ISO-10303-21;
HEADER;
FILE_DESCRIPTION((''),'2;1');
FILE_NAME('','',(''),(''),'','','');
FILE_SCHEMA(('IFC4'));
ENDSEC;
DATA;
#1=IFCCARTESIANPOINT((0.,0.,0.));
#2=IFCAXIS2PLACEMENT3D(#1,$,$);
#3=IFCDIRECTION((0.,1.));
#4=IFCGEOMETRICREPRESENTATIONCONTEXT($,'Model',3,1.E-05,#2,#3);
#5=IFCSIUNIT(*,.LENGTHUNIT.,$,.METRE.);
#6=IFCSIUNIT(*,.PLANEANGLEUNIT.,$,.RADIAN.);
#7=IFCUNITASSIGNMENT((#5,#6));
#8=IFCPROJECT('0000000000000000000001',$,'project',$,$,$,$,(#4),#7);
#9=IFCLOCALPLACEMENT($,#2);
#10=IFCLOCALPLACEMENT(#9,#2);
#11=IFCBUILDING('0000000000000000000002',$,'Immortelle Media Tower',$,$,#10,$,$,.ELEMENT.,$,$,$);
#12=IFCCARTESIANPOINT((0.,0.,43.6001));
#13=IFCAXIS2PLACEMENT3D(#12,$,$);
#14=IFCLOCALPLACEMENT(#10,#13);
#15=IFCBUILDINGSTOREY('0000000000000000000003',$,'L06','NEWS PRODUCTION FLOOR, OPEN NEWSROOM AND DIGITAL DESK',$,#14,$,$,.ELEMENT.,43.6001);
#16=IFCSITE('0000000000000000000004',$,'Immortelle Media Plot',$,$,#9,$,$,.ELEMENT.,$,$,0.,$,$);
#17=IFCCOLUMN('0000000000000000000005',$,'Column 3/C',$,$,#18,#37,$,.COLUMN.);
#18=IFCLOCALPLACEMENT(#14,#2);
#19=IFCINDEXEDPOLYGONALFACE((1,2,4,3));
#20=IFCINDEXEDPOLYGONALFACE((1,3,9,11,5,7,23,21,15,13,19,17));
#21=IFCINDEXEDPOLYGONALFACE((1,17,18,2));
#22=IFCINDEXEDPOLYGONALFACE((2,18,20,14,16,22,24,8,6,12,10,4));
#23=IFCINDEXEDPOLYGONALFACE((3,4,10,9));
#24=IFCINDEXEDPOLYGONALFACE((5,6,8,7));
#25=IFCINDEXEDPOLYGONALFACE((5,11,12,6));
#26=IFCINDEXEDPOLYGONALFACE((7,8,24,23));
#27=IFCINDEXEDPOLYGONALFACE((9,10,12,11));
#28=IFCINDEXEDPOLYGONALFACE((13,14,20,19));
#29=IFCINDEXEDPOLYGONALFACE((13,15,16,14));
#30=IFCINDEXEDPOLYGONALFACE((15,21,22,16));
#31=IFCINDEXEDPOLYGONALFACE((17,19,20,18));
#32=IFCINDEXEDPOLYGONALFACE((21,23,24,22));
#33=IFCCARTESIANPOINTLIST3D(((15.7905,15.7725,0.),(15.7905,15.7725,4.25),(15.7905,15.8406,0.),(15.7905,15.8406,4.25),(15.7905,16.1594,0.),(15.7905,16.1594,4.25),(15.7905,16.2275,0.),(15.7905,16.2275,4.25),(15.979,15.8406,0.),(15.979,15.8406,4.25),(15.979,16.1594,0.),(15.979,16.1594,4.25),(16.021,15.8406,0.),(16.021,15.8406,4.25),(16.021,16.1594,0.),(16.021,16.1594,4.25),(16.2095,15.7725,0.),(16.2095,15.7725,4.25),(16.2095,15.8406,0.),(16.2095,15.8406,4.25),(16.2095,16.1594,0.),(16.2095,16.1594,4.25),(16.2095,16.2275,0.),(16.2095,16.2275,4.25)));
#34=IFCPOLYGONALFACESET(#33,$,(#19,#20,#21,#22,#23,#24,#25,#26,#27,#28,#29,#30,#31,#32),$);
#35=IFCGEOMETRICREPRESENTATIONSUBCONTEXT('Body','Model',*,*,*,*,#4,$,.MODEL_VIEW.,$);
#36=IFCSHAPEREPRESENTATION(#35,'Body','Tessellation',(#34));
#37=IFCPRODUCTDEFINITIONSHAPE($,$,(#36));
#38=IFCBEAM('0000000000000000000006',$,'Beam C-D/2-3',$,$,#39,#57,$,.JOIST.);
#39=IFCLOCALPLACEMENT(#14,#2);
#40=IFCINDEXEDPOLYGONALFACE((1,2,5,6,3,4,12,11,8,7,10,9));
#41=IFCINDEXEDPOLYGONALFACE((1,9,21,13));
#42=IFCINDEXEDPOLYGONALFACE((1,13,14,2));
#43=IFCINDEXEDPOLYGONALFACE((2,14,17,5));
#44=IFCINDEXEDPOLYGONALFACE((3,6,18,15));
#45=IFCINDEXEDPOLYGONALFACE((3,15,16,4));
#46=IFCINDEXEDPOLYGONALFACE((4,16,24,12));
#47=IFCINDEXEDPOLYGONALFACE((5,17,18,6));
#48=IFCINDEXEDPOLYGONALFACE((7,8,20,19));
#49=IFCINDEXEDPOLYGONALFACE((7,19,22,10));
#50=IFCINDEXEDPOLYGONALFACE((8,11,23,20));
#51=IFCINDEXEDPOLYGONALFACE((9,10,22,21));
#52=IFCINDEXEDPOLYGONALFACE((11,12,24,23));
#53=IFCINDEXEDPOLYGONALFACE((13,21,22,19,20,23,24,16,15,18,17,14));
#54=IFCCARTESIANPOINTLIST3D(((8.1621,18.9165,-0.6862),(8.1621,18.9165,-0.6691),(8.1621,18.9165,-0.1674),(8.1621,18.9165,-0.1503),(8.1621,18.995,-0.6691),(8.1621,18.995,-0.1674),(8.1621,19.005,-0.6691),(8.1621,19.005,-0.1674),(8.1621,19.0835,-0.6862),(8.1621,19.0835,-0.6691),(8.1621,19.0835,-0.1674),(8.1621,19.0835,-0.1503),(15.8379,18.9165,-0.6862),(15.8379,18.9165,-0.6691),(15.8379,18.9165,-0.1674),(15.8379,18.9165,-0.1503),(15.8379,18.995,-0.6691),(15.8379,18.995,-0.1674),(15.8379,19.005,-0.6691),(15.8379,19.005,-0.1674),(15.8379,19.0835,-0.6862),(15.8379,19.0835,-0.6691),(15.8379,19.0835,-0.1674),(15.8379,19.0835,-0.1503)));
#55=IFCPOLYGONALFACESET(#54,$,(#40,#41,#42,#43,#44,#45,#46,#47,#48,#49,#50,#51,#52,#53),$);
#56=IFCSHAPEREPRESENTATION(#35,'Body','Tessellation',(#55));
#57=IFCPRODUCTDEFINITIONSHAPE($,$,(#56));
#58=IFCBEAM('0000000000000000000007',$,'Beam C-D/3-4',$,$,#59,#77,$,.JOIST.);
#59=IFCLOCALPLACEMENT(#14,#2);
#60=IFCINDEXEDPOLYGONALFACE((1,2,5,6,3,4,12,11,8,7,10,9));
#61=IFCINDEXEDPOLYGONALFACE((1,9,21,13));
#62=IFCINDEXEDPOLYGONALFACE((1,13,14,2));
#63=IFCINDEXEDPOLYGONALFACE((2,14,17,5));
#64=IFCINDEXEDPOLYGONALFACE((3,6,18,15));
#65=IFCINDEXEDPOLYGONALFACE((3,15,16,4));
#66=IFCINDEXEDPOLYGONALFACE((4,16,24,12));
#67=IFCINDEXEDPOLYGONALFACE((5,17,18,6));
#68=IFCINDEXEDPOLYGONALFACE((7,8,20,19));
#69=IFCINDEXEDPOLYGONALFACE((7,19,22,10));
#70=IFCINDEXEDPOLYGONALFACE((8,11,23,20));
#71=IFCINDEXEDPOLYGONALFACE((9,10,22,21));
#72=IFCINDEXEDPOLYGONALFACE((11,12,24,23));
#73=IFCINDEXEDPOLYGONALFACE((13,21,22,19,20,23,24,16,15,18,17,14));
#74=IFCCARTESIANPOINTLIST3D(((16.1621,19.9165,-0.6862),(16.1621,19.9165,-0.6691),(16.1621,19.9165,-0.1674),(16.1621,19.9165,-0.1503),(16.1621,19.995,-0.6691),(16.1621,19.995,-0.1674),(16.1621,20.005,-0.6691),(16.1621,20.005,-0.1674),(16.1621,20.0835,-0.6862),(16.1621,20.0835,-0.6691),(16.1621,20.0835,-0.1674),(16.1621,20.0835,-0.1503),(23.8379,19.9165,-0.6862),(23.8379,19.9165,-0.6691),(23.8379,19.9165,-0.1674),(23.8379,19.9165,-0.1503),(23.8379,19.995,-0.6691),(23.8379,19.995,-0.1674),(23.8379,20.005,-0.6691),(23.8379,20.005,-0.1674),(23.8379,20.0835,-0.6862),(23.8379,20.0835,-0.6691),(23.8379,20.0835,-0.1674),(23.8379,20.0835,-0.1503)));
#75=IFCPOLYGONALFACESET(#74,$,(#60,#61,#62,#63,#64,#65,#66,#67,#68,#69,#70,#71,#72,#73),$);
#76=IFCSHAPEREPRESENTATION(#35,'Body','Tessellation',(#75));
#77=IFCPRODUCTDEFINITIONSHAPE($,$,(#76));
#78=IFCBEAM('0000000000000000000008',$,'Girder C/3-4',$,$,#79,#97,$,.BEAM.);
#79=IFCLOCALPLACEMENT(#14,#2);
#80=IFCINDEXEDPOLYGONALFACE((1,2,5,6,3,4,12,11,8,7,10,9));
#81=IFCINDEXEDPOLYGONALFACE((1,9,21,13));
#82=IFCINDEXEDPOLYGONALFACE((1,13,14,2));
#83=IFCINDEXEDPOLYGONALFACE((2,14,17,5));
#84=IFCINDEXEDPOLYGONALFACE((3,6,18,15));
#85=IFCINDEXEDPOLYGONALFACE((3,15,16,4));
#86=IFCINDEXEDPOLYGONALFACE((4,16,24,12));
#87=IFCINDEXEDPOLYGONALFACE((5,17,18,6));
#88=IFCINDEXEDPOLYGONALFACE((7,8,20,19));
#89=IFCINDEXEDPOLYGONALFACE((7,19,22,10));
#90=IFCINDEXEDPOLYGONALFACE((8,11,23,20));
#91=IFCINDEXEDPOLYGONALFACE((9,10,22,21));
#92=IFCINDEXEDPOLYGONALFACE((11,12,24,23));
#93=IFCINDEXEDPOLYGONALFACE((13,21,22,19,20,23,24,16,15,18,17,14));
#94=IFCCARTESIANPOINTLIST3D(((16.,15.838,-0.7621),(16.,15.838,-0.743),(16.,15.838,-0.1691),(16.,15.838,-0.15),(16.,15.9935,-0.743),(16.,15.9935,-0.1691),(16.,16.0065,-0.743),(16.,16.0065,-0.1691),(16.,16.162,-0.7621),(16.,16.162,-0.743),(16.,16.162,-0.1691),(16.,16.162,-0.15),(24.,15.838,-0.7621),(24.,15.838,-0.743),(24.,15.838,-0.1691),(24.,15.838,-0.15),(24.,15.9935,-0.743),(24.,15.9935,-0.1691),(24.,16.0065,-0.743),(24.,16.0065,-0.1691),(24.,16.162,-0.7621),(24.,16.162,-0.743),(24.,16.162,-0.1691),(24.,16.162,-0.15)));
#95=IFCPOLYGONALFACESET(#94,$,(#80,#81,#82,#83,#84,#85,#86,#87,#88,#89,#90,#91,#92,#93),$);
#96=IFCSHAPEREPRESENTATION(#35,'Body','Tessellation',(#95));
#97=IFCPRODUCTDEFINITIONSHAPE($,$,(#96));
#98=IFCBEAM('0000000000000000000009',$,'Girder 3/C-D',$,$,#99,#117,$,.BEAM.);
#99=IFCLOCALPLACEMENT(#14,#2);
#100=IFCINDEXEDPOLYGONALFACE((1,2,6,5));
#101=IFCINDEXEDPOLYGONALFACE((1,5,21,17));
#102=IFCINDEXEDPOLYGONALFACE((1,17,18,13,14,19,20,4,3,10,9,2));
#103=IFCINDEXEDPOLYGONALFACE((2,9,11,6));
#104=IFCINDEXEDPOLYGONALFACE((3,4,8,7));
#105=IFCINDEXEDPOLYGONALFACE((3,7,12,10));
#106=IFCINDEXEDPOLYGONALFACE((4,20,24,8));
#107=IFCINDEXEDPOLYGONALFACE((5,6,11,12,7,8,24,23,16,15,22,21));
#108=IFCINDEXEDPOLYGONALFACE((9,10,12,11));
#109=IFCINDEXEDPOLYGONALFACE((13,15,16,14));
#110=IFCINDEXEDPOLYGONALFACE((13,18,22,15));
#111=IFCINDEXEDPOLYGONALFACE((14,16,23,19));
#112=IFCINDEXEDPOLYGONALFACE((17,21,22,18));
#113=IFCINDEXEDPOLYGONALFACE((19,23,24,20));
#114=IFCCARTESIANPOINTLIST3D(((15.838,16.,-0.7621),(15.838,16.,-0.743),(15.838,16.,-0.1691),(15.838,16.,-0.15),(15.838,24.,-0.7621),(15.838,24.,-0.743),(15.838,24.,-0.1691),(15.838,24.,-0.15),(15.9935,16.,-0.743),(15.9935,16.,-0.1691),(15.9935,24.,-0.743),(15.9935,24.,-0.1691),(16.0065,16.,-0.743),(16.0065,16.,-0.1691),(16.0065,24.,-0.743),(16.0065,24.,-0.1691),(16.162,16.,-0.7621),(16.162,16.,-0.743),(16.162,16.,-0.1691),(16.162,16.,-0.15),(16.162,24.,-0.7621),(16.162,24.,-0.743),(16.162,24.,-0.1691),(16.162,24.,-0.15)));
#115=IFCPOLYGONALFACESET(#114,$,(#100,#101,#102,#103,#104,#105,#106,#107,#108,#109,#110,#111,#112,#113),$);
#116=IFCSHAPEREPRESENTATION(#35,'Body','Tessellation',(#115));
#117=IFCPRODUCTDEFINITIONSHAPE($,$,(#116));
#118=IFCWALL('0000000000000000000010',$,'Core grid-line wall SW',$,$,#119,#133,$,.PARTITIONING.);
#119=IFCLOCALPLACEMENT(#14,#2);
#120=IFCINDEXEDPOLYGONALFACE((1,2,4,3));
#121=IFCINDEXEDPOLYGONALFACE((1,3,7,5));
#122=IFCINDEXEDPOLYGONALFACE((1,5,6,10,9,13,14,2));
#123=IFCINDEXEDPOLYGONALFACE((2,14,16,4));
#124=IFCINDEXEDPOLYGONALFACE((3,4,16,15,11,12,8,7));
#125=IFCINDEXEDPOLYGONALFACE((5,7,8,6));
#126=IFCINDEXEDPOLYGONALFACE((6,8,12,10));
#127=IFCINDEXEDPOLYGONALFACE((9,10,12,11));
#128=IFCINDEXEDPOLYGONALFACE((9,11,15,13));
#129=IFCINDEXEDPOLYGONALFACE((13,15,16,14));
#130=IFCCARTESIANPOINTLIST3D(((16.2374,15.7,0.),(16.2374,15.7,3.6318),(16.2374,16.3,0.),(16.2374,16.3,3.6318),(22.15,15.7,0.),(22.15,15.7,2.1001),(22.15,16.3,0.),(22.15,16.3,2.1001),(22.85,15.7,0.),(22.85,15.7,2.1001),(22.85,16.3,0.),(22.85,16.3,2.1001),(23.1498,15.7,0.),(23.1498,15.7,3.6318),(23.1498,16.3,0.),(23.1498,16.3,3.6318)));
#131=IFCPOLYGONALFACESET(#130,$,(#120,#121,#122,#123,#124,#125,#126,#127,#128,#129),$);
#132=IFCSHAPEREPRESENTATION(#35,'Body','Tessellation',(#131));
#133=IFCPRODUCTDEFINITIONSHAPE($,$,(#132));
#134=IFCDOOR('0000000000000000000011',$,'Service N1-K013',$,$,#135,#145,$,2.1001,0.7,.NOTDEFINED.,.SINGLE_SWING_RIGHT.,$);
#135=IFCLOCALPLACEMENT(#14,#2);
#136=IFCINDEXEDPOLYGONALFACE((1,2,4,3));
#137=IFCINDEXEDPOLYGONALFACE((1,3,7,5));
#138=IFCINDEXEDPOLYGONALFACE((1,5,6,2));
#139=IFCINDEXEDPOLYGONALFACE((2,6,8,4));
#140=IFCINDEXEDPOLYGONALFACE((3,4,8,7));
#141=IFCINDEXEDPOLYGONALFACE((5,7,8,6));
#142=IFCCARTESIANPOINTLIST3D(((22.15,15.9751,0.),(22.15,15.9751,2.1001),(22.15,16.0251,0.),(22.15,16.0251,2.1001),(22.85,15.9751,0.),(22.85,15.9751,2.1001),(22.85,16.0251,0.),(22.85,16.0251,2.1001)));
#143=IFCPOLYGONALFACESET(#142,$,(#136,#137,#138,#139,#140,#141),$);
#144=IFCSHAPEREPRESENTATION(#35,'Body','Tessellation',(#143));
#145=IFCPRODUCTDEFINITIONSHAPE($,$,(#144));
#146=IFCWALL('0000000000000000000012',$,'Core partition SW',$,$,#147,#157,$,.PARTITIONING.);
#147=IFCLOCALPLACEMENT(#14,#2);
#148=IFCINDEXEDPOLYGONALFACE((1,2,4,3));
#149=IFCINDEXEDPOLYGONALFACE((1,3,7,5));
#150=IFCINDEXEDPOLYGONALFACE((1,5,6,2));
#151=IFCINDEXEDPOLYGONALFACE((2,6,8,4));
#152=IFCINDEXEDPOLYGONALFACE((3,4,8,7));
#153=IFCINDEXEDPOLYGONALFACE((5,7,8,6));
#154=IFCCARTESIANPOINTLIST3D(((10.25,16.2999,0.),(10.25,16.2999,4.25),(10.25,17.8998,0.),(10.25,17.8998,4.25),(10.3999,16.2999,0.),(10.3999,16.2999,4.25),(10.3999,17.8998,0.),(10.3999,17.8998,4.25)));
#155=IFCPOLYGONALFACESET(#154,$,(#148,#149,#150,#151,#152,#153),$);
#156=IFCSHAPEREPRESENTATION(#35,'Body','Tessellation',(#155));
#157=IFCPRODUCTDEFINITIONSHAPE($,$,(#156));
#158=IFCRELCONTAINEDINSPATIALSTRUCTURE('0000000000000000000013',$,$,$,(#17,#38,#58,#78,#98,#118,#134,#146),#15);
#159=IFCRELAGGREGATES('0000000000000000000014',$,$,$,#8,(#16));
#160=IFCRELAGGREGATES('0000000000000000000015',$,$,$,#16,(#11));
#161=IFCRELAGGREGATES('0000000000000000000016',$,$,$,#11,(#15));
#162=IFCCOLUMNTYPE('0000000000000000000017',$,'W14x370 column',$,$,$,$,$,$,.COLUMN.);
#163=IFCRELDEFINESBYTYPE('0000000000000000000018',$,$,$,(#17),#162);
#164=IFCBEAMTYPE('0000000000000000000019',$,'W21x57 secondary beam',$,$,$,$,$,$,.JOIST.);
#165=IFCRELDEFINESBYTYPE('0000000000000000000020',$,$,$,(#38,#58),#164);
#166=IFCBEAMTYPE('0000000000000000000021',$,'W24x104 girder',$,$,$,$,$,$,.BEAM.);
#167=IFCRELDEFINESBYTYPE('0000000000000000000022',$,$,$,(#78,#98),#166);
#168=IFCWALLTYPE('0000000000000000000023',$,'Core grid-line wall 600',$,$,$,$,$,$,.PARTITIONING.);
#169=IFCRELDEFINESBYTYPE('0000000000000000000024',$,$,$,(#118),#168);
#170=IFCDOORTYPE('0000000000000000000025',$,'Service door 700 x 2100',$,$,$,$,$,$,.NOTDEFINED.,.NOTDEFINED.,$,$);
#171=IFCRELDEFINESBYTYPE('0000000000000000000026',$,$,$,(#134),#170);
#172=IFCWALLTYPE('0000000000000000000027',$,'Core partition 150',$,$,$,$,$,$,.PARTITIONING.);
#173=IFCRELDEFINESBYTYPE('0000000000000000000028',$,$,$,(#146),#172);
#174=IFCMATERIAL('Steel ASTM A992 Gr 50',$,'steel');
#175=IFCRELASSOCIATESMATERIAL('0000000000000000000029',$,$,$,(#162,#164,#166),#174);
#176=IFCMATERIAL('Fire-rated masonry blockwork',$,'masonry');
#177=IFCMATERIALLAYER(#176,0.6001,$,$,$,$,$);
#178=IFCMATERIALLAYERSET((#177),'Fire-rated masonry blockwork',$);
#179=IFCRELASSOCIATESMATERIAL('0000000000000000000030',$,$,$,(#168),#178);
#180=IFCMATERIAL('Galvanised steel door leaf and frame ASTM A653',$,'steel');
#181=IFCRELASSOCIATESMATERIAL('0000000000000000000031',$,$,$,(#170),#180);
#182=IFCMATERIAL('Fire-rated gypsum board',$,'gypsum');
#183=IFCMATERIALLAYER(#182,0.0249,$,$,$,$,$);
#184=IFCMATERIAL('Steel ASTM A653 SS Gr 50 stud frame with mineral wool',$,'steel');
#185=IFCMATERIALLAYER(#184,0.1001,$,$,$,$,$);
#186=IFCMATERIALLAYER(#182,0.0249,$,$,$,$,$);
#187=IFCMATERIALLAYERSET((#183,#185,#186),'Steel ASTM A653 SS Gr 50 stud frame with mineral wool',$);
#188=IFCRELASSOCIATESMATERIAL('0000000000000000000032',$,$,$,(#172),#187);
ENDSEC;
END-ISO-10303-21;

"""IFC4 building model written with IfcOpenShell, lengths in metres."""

from ifc_helpers import new_model, si_unit, direction, frame, frame_2d, origin, origin_2d, place, context, subcontext, project, spatial, rectangle, i_section, extrude, material, layer, layer_set, material_profile, profile_set, type_object, element, fill, save


model = new_model("IFC4")

# Units and contexts
model_context = context("Model", 3, precision=1e-05, world=origin(), true_north=direction((0.0, 1.0)))
body_context = subcontext(model_context, "Body", "Model", "MODEL_VIEW")
ifc_project = project(units=[si_unit("LENGTHUNIT", "METRE"), si_unit("PLANEANGLEUNIT", "RADIAN")], contexts=[model_context])

# Site, building, storey
site_placement = place(None, origin())
site = spatial("IfcSite", under=ifc_project, at=site_placement, Name="Immortelle Media Plot", CompositionType="ELEMENT", RefElevation=0.0)
building_placement = place(site_placement, origin())
building = spatial("IfcBuilding", under=site, at=building_placement, Name="Immortelle Media Tower", CompositionType="ELEMENT")
storey_placement = place(building_placement, frame((0.0, 0.0, 43.6001)))
storey = spatial("IfcBuildingStorey", under=building, at=storey_placement, Name="L06", Description="NEWS PRODUCTION FLOOR, OPEN NEWSROOM AND DIGITAL DESK", CompositionType="ELEMENT", Elevation=43.6001)

# Column
ifc_material_1 = material(Name="Steel ASTM A992 Gr 50", Category="steel")
ifc_material_profile_1 = material_profile(ifc_material_1, i_section(OverallWidth=0.4189, OverallDepth=0.4551, WebThickness=0.042, FlangeThickness=0.0681, at=origin_2d()), Name="W14x370")
ifc_profile_set_1 = profile_set([ifc_material_profile_1], Name="Steel ASTM A992 Gr 50")
column_type = type_object("IfcColumnType", Name="W14x370 column", PredefinedType="COLUMN", material=ifc_profile_set_1)
column_placement = place(storey_placement, frame((16.0, 16.0, 0.0), z_axis=(0.0, 0.0, 1.0), x_axis=(1.0, 0.0, 0.0)))
element("IfcColumn", 1, at=column_placement, inside=storey, type_object=column_type, Name="Column 3/C", PredefinedType="COLUMN", context=body_context, shape_type="SweptSolid", body=[
    extrude(i_section(OverallWidth=0.4189, OverallDepth=0.4551, WebThickness=0.042, FlangeThickness=0.0681, at=origin_2d()), origin(), (0.0, 0.0, 1.0), 4.25),
])

# Beams
ifc_material_profile_2 = material_profile(ifc_material_1, i_section(OverallWidth=0.167, OverallDepth=0.5359, WebThickness=0.01, FlangeThickness=0.0171, at=origin_2d()), Name="W21x57")
ifc_profile_set_2 = profile_set([ifc_material_profile_2], Name="Steel ASTM A992 Gr 50")
beam_type_1 = type_object("IfcBeamType", Name="W21x57 secondary beam", PredefinedType="JOIST", material=ifc_profile_set_2)
for number, where, z_axis, x_axis, name in (
    (2, (8.1621, 19.0, -0.4182), (1.0, 0.0, 0.0), (0.0, 1.0, 0.0), "Beam C-D/2-3"),
    (3, (16.1621, 20.0, -0.4182), (1.0, 0.0, 0.0), (0.0, 1.0, 0.0), "Beam C-D/3-4"),
):
    element("IfcBeam", number, at=place(storey_placement, frame(where, z_axis=z_axis, x_axis=x_axis)), inside=storey, type_object=beam_type_1, Name=name, PredefinedType="JOIST", context=body_context, shape_type="SweptSolid", body=[
        extrude(i_section(OverallWidth=0.167, OverallDepth=0.5359, WebThickness=0.01, FlangeThickness=0.0171, at=origin_2d()), origin(), (0.0, 0.0, 1.0), 7.6758),
    ])
ifc_material_profile_3 = material_profile(ifc_material_1, i_section(OverallWidth=0.324, OverallDepth=0.6121, WebThickness=0.0129, FlangeThickness=0.019, at=origin_2d()), Name="W24x104")
ifc_profile_set_3 = profile_set([ifc_material_profile_3], Name="Steel ASTM A992 Gr 50")
beam_type_2 = type_object("IfcBeamType", Name="W24x104 girder", PredefinedType="BEAM", material=ifc_profile_set_3)
for number, where, z_axis, x_axis, name in (
    (4, (16.0, 16.0, -0.4561), (1.0, 0.0, 0.0), (0.0, 1.0, 0.0), "Girder C/3-4"),
    (5, (16.0, 16.0, -0.4561), (0.0, 1.0, 0.0), (-1.0, 0.0, 0.0), "Girder 3/C-D"),
):
    element("IfcBeam", number, at=place(storey_placement, frame(where, z_axis=z_axis, x_axis=x_axis)), inside=storey, type_object=beam_type_2, Name=name, PredefinedType="BEAM", context=body_context, shape_type="SweptSolid", body=[
        extrude(i_section(OverallWidth=0.324, OverallDepth=0.6121, WebThickness=0.0129, FlangeThickness=0.019, at=origin_2d()), origin(), (0.0, 0.0, 1.0), 8.0),
    ])

# Wall, opening, door
ifc_material_2 = material(Name="Fire-rated masonry blockwork", Category="masonry")
ifc_layer_1 = layer(ifc_material_2, 0.6001)
ifc_layer_set_1 = layer_set([ifc_layer_1], Name="Fire-rated masonry blockwork")
wall_type_1 = type_object("IfcWallType", Name="Core grid-line wall 600", PredefinedType="PARTITIONING", material=ifc_layer_set_1)
wall_1_placement = place(storey_placement, frame((16.2375, 16.0, 0.0), z_axis=(0.0, 0.0, 1.0), x_axis=(1.0, 0.0, 0.0)))
wall_1 = element("IfcWall", 6, at=wall_1_placement, inside=storey, type_object=wall_type_1, Name="Core grid-line wall SW", PredefinedType="PARTITIONING", context=body_context, shape_type="SweptSolid", body=[
    extrude(rectangle(XDim=6.9124, YDim=0.6001, at=frame_2d((3.4561, 0.0))), origin(), (0.0, 0.0, 1.0), 3.6318),
])
opening_1_placement = place(wall_1_placement, frame((6.6125, 0.0, 0.0), z_axis=(0.0, 0.0, 1.0), x_axis=(-1.0, 0.0, 0.0)))
opening_1 = element("IfcOpeningElement", 7, at=opening_1_placement, cuts=wall_1, PredefinedType="OPENING", context=body_context, shape_type="SweptSolid", body=[
    extrude(rectangle(XDim=0.7, YDim=2.1001, at=frame_2d((0.3501, 1.05))), frame((0.0, 0.3101, 0.0), z_axis=(0.0, -1.0, 0.0), x_axis=(1.0, 0.0, 0.0)), (0.0, 0.0, 1.0), 0.6201),
])
ifc_material_3 = material(Name="Galvanised steel door leaf and frame ASTM A653", Category="steel")
door_type_1 = type_object("IfcDoorType", Name="Service door 700 x 2100", OperationType="NOTDEFINED", PredefinedType="NOTDEFINED", material=ifc_material_3)
door_1_placement = place(opening_1_placement, origin())
door_1 = element("IfcDoor", 8, at=door_1_placement, inside=storey, type_object=door_type_1, Name="Service N1-K013", OperationType="SINGLE_SWING_RIGHT", OverallHeight=2.1001, OverallWidth=0.7, PredefinedType="NOTDEFINED", context=body_context, shape_type="SweptSolid", body=[
    extrude(rectangle(XDim=0.7, YDim=2.1001, at=frame_2d((0.3501, 1.05))), frame((0.0, 0.0249, 0.0), z_axis=(0.0, -1.0, 0.0), x_axis=(1.0, 0.0, 0.0)), (0.0, 0.0, 1.0), 0.05),
])
fill(opening_1, door_1)

# Wall
ifc_material_4 = material(Name="Fire-rated gypsum board", Category="gypsum")
ifc_layer_2 = layer(ifc_material_4, 0.0249)
ifc_material_5 = material(Name="Steel ASTM A653 SS Gr 50 stud frame with mineral wool", Category="steel")
ifc_layer_3 = layer(ifc_material_5, 0.1001)
ifc_layer_4 = layer(ifc_material_4, 0.0249)
ifc_layer_set_2 = layer_set([ifc_layer_2, ifc_layer_3, ifc_layer_4], Name="Steel ASTM A653 SS Gr 50 stud frame with mineral wool")
wall_type_2 = type_object("IfcWallType", Name="Core partition 150", PredefinedType="PARTITIONING", material=ifc_layer_set_2)
wall_2_placement = place(storey_placement, frame((10.325, 16.3, 0.0), z_axis=(0.0, 0.0, 1.0), x_axis=(0.0, 1.0, 0.0)))
element("IfcWall", 9, at=wall_2_placement, inside=storey, type_object=wall_type_2, Name="Core partition SW", PredefinedType="PARTITIONING", context=body_context, shape_type="SweptSolid", body=[
    extrude(rectangle(XDim=1.5999, YDim=0.1499, at=frame_2d((0.7998, 0.0))), origin(), (0.0, 0.0, 1.0), 4.25),
])

save(model, "model.ifc")
